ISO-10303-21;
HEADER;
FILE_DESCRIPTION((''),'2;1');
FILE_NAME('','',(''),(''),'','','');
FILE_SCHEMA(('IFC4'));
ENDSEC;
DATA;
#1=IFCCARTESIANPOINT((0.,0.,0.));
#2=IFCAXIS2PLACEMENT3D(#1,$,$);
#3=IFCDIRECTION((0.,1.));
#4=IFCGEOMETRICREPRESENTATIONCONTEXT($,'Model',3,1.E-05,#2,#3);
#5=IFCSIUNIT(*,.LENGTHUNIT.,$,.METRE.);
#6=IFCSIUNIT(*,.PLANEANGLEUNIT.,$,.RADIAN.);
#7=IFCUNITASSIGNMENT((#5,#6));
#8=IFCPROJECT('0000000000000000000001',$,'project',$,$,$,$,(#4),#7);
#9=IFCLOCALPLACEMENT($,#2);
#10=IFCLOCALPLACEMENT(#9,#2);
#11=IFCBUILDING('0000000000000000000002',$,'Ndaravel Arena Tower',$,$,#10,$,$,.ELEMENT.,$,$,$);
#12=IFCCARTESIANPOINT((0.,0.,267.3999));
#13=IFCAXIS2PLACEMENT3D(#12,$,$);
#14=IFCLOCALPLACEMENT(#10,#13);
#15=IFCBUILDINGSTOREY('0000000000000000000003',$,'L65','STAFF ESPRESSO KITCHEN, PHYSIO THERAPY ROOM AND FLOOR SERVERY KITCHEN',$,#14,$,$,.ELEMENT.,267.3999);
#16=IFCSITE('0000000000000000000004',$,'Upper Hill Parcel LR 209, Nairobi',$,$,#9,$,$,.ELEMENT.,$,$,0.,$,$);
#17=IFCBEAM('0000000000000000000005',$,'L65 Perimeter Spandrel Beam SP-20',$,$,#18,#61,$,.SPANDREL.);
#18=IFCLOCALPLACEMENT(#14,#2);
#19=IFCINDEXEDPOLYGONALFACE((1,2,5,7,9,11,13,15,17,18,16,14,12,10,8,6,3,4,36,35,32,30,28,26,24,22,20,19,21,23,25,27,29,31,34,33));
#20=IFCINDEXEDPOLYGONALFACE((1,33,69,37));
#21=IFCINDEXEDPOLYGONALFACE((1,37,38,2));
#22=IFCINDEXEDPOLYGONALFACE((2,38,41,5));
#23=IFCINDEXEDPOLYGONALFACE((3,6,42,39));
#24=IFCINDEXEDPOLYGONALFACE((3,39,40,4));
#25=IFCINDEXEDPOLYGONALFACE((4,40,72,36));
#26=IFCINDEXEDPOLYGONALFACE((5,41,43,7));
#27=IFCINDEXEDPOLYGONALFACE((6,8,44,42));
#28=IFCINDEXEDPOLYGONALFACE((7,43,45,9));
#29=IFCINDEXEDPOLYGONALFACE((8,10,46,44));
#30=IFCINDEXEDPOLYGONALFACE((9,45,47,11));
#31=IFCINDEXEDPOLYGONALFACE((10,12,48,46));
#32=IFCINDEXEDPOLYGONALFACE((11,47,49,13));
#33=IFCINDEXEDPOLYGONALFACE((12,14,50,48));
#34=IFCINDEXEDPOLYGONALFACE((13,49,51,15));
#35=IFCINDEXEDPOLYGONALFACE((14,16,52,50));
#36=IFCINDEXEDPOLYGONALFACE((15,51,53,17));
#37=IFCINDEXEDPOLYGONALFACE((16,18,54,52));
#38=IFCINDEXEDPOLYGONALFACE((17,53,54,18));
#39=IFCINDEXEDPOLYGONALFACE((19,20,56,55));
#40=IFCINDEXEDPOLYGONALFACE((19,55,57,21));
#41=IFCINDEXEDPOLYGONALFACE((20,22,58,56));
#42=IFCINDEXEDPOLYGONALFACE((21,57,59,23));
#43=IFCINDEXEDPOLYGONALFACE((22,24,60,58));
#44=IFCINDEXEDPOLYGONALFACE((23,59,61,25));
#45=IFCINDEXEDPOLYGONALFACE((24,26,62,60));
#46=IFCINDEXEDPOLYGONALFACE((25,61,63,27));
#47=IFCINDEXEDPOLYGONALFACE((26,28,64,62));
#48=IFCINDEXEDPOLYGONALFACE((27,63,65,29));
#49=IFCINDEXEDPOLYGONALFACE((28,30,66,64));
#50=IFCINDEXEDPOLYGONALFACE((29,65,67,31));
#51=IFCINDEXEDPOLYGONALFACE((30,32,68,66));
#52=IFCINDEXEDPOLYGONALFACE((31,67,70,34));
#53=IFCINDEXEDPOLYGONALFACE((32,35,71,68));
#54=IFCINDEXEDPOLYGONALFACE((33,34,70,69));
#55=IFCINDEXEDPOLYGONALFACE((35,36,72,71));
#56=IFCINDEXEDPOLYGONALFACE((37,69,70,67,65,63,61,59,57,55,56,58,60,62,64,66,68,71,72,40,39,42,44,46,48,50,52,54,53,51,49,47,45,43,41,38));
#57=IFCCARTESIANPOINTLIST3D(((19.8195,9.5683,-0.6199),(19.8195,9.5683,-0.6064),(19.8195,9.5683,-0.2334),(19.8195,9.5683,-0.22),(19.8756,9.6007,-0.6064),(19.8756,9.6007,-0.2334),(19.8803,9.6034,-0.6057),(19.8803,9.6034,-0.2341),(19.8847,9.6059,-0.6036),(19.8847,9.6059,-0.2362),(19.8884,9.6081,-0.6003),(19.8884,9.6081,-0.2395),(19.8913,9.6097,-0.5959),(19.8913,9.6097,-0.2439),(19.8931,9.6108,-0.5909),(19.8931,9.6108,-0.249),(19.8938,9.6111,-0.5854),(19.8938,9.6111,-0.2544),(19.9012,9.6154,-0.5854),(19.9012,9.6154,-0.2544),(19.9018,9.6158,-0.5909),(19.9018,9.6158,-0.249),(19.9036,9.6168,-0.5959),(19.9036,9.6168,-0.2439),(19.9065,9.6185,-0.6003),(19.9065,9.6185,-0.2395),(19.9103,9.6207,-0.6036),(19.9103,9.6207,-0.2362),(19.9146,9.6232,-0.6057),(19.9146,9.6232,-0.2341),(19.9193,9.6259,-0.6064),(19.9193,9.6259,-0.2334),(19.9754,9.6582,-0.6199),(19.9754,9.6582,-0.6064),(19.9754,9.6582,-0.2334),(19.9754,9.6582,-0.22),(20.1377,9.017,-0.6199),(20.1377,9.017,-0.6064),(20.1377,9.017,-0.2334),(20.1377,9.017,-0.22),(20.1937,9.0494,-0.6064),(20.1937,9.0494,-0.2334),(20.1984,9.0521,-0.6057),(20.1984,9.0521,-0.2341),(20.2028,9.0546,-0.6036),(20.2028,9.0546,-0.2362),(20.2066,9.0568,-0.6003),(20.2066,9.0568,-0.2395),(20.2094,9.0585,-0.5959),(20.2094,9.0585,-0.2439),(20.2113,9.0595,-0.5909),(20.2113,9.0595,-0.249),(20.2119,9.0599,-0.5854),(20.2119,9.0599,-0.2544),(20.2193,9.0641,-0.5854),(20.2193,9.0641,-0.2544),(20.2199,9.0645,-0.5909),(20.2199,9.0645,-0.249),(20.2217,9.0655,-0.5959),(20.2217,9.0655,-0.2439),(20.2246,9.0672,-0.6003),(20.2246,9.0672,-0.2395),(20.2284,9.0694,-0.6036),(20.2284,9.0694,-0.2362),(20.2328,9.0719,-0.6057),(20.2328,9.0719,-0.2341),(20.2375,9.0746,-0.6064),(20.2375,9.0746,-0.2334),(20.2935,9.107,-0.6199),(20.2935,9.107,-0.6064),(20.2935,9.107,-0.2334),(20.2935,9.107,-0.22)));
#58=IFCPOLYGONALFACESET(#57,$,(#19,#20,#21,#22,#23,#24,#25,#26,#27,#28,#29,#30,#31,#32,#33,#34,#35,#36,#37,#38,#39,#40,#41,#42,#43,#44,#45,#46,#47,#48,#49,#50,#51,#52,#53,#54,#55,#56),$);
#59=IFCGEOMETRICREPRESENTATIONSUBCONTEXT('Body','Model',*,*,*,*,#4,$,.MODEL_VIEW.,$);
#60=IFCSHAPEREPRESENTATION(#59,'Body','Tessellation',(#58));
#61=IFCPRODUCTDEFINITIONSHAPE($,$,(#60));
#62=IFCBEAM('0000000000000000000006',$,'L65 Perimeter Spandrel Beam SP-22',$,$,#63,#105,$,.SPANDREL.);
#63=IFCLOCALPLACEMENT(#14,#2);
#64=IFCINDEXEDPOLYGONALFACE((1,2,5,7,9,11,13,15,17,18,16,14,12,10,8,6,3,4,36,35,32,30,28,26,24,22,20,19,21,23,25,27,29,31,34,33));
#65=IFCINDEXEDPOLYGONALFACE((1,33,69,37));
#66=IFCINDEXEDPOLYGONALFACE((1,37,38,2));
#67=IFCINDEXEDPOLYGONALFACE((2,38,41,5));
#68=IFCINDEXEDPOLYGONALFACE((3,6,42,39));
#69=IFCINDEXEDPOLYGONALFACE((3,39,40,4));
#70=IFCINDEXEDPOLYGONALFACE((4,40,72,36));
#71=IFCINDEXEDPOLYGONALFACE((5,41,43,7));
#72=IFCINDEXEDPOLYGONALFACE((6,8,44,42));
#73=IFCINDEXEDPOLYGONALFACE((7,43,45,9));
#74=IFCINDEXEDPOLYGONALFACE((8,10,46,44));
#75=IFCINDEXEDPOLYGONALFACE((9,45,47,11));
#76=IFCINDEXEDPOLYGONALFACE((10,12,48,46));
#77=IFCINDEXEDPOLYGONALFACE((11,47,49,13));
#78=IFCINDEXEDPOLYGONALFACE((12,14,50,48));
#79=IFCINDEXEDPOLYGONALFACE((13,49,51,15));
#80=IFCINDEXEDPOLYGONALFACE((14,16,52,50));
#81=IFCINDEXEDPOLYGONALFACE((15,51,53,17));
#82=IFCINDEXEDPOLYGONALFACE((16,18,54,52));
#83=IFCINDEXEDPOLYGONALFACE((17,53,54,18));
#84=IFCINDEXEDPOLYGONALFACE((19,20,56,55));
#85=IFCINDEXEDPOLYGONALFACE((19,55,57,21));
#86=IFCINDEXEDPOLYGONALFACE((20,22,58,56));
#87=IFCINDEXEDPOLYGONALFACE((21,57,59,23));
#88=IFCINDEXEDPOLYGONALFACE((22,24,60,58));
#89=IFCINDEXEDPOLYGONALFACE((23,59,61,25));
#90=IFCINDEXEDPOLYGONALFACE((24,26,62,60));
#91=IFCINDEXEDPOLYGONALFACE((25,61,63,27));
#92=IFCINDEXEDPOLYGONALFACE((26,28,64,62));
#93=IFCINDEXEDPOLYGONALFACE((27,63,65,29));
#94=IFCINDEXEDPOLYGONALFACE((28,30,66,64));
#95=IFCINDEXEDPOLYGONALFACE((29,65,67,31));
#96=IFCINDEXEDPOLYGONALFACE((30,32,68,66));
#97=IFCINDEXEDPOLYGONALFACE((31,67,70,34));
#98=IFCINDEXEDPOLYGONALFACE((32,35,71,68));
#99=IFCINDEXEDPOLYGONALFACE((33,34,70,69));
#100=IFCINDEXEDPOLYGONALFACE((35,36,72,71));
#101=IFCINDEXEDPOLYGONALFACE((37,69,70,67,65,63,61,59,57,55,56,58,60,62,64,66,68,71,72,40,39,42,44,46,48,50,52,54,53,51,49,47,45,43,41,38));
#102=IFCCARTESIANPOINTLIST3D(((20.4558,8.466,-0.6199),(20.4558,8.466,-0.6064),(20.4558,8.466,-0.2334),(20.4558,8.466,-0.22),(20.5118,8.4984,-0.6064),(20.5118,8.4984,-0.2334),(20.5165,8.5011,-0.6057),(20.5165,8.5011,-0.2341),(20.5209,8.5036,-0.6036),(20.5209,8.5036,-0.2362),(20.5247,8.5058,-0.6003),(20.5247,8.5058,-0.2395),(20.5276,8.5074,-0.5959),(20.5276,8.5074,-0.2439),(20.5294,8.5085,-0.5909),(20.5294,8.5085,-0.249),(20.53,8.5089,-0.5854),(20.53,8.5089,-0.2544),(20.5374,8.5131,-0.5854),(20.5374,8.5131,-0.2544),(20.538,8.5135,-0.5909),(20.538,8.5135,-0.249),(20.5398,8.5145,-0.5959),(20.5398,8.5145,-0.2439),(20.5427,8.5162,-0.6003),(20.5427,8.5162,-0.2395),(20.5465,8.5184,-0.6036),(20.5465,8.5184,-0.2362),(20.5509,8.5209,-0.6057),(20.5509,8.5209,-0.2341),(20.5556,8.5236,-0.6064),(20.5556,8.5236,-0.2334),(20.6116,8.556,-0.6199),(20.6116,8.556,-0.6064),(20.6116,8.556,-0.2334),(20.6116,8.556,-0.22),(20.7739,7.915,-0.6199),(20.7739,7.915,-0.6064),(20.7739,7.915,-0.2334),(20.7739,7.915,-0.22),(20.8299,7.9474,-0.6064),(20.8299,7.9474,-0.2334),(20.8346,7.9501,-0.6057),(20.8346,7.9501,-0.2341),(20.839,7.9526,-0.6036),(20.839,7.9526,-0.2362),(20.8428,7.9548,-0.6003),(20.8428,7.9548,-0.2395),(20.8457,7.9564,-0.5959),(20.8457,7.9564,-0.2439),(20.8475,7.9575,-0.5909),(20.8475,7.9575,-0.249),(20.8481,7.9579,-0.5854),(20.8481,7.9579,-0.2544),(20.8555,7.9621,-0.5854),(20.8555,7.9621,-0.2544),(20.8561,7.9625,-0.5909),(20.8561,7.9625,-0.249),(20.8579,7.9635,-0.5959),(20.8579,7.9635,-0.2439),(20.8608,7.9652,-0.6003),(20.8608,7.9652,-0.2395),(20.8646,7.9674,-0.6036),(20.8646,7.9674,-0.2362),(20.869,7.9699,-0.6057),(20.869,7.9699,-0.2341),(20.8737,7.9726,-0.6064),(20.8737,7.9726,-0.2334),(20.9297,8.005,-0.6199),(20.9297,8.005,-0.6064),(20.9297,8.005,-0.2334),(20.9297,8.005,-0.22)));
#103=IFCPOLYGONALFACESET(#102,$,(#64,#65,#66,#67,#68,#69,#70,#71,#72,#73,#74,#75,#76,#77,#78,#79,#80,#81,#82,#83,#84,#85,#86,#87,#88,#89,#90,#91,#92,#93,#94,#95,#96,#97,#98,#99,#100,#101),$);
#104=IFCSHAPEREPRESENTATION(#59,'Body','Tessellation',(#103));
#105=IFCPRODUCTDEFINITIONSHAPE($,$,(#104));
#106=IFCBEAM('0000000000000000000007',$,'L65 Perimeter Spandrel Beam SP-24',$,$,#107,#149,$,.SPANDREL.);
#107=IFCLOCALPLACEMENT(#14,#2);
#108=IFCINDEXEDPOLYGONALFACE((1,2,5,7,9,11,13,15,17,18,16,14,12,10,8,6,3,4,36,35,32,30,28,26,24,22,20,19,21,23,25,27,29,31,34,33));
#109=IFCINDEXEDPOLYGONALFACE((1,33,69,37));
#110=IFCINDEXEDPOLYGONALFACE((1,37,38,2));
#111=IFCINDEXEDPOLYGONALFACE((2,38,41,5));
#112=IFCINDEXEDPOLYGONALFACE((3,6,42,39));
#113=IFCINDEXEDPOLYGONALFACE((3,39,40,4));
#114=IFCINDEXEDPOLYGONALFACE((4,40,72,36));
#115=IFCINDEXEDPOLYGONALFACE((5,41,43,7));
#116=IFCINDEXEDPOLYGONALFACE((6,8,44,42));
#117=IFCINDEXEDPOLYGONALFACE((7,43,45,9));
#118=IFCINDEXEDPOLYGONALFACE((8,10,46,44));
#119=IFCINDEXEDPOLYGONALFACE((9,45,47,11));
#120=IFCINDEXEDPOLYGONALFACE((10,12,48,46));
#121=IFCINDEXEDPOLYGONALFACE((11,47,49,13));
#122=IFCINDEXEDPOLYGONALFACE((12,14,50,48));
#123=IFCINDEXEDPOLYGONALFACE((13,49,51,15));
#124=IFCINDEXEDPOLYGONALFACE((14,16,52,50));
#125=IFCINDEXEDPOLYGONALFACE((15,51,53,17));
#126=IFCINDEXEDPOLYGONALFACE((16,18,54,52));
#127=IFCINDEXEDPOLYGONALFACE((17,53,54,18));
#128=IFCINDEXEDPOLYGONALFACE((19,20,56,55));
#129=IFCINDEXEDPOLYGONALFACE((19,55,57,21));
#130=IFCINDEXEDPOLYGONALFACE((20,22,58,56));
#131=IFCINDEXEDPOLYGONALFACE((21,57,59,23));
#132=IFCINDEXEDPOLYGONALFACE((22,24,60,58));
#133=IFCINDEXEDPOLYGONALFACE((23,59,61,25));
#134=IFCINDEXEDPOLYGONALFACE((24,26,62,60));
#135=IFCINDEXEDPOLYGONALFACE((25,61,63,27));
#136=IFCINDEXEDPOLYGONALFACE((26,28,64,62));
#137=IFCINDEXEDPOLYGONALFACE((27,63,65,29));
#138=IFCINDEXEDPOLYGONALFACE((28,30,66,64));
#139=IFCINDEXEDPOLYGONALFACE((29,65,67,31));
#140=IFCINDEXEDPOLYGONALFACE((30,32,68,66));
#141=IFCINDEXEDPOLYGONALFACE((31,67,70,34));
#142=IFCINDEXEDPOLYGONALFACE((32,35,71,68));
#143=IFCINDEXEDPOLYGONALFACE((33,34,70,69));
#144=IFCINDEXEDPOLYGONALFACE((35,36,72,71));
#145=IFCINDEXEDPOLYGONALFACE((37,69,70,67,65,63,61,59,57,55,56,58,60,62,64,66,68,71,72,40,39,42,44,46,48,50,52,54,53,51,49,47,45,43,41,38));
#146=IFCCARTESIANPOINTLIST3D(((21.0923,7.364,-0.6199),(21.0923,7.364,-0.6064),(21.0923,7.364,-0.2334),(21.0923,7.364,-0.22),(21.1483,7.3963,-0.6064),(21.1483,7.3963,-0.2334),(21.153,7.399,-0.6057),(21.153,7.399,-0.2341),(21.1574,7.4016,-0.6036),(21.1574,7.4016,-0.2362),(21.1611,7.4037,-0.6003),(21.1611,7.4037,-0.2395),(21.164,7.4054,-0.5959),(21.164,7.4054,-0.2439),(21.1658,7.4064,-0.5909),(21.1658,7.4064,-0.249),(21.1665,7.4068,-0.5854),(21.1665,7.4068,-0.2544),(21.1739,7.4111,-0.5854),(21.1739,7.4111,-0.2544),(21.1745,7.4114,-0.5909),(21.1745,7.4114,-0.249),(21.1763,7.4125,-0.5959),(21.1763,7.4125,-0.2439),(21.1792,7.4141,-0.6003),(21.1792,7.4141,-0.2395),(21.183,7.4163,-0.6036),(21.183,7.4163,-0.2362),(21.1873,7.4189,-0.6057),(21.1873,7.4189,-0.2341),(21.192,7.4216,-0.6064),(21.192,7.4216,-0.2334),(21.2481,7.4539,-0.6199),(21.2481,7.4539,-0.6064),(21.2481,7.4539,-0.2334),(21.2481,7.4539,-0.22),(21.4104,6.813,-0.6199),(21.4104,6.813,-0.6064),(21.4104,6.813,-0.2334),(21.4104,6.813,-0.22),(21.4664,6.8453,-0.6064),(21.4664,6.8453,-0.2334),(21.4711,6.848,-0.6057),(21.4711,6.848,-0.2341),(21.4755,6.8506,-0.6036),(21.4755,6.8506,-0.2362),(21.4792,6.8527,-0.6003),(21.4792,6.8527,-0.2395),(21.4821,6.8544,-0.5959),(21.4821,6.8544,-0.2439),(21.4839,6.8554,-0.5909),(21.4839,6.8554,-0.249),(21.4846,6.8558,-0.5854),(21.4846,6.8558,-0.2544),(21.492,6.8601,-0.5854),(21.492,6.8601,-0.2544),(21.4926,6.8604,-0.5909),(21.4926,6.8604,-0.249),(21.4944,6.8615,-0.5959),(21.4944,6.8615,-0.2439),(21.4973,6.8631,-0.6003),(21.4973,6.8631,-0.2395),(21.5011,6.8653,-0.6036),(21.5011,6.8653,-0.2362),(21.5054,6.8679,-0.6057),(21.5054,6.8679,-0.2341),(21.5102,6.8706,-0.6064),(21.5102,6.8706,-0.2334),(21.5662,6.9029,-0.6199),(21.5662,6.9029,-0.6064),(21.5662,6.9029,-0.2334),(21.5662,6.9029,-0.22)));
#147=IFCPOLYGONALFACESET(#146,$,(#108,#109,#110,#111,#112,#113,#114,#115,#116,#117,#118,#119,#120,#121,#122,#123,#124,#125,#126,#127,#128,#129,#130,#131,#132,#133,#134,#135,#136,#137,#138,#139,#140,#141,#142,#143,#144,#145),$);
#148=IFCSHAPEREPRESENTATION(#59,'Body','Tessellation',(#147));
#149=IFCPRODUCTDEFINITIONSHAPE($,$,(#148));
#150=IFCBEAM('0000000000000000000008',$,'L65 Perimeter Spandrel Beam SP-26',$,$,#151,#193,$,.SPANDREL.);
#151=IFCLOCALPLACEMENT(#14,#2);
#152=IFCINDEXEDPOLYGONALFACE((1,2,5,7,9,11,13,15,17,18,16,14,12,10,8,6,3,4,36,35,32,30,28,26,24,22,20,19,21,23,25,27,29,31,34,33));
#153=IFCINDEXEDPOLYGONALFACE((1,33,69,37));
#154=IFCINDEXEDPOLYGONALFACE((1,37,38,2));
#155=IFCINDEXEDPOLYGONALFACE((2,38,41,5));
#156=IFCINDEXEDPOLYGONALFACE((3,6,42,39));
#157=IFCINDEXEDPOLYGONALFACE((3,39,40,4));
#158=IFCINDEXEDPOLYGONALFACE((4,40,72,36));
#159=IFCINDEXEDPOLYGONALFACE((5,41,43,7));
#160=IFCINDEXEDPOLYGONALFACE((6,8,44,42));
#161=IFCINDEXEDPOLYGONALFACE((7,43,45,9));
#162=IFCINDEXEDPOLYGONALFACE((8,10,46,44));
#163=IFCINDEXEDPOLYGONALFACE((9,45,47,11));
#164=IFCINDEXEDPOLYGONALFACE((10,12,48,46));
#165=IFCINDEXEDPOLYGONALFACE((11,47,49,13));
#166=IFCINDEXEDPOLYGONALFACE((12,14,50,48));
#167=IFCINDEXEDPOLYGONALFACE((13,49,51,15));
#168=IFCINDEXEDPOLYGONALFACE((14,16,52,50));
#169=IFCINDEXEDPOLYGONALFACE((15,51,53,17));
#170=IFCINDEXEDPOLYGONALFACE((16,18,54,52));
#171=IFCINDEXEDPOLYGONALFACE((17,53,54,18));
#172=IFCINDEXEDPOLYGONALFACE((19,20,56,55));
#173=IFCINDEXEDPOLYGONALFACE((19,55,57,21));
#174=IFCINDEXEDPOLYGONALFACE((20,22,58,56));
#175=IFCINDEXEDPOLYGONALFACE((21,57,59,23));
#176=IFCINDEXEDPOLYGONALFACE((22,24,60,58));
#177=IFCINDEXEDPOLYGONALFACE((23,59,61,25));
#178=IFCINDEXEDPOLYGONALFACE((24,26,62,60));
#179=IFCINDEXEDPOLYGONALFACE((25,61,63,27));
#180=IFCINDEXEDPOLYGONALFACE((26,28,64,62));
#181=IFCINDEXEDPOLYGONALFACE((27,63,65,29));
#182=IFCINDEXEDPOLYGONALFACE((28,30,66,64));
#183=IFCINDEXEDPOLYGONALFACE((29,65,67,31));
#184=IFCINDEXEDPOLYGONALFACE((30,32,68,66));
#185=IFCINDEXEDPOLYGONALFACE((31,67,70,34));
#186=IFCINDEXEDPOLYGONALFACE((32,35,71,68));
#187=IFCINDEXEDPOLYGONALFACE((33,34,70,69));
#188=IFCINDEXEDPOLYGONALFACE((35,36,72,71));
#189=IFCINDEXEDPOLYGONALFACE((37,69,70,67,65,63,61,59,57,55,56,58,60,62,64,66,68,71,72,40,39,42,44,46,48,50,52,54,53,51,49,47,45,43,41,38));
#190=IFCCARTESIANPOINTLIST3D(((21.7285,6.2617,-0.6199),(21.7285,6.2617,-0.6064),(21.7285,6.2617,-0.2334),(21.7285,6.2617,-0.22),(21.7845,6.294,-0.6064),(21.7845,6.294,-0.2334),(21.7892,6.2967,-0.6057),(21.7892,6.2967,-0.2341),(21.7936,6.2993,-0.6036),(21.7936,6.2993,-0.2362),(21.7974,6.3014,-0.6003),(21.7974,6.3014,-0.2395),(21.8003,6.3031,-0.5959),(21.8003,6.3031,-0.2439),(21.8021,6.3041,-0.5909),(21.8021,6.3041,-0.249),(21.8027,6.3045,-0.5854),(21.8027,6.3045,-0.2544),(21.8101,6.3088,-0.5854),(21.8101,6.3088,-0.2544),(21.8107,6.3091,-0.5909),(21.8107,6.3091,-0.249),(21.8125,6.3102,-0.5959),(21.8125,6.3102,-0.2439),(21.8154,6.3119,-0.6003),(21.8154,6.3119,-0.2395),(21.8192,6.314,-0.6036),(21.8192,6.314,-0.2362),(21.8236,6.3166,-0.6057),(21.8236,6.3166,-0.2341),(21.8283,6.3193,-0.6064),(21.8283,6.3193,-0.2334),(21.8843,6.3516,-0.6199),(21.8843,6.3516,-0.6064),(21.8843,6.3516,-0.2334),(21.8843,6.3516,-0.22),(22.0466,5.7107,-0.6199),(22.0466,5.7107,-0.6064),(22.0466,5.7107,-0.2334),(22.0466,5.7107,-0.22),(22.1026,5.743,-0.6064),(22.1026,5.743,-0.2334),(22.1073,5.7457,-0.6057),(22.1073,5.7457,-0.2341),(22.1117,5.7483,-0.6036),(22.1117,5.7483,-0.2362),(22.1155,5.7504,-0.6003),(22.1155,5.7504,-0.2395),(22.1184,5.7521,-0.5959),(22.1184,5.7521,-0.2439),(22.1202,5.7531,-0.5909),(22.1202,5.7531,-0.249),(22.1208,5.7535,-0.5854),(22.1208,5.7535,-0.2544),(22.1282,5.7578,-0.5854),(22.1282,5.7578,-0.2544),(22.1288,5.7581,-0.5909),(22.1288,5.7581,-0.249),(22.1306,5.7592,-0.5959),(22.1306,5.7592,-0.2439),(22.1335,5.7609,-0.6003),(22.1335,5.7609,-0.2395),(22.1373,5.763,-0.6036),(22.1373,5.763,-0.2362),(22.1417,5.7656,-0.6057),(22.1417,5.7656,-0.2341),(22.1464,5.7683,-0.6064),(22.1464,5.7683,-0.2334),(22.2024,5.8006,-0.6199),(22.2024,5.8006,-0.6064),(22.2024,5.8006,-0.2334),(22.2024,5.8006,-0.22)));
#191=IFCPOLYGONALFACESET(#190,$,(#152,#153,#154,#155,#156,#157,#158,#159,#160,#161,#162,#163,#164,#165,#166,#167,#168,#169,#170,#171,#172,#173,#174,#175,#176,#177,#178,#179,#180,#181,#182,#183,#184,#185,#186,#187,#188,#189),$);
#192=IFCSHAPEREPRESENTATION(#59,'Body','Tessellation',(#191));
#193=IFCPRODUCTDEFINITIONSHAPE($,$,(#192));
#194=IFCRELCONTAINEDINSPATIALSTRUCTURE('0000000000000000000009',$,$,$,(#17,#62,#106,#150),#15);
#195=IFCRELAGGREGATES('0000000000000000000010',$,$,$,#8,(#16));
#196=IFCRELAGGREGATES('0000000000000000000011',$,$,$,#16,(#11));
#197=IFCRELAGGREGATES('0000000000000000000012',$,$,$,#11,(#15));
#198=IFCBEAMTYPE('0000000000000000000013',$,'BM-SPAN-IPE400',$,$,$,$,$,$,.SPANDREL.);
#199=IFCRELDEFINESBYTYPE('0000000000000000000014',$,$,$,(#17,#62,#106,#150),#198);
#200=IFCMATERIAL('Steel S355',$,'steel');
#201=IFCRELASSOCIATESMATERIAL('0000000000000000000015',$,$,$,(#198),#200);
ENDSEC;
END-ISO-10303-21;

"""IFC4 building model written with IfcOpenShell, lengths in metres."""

from ifc_helpers import new_model, si_unit, direction, frame, origin, origin_2d, place, context, subcontext, project, spatial, i_section, extrude, material, material_profile, profile_set, type_object, element, save


model = new_model("IFC4")

# Units and contexts
model_context = context("Model", 3, precision=1e-05, world=origin(), true_north=direction((0.0, 1.0)))
body_context = subcontext(model_context, "Body", "Model", "MODEL_VIEW")
ifc_project = project(units=[si_unit("LENGTHUNIT", "METRE"), si_unit("PLANEANGLEUNIT", "RADIAN")], contexts=[model_context])

# Site, building, storey
site_placement = place(None, origin())
site = spatial("IfcSite", under=ifc_project, at=site_placement, Name="Upper Hill Parcel LR 209, Nairobi", CompositionType="ELEMENT", RefElevation=0.0)
building_placement = place(site_placement, origin())
building = spatial("IfcBuilding", under=site, at=building_placement, Name="Ndaravel Arena Tower", CompositionType="ELEMENT")
storey_placement = place(building_placement, frame((0.0, 0.0, 267.3999)))
storey = spatial("IfcBuildingStorey", under=building, at=storey_placement, Name="L65", Description="STAFF ESPRESSO KITCHEN, PHYSIO THERAPY ROOM AND FLOOR SERVERY KITCHEN", CompositionType="ELEMENT", Elevation=267.3999)

# Beams
ifc_material_1 = material(Name="Steel S355", Category="steel")
ifc_material_profile_1 = material_profile(ifc_material_1, i_section(OverallWidth=0.1799, OverallDepth=0.3999, WebThickness=0.0085, FlangeThickness=0.0134, FilletRadius=0.021, at=origin_2d()), Name="IPE 400")
ifc_profile_set_1 = profile_set([ifc_material_profile_1], Name="Steel S355")
beam_type = type_object("IfcBeamType", Name="BM-SPAN-IPE400", PredefinedType="SPANDREL", material=ifc_profile_set_1)
beam_1_placement = place(storey_placement, frame((19.8975, 9.6133, -0.4199), z_axis=(0.499811, -0.866134, 0.0), x_axis=(0.866134, 0.499811, 0.0)))
element("IfcBeam", 1, at=beam_1_placement, inside=storey, type_object=beam_type, Name="L65 Perimeter Spandrel Beam SP-20", PredefinedType="SPANDREL", context=body_context, shape_type="SweptSolid", body=[
    extrude(i_section(OverallWidth=0.1799, OverallDepth=0.3999, WebThickness=0.0085, FlangeThickness=0.0134, FilletRadius=0.021, at=origin_2d()), origin(), (0.0, 0.0, 1.0), 0.6365),
])
for number, where, z_axis, x_axis, name in (
    (2, (20.5337, 8.511, -0.4199), (0.499977, -0.866039, 0.0), (0.866039, 0.499977, 0.0), "L65 Perimeter Spandrel Beam SP-22"),
    (3, (21.1702, 7.4089, -0.4199), (0.499977, -0.866039, 0.0), (0.866039, 0.499977, 0.0), "L65 Perimeter Spandrel Beam SP-24"),
    (4, (21.8064, 6.3066, -0.4199), (0.499977, -0.866039, 0.0), (0.866039, 0.499977, 0.0), "L65 Perimeter Spandrel Beam SP-26"),
):
    element("IfcBeam", number, at=place(storey_placement, frame(where, z_axis=z_axis, x_axis=x_axis)), inside=storey, type_object=beam_type, Name=name, PredefinedType="SPANDREL", context=body_context, shape_type="SweptSolid", body=[
        extrude(i_section(OverallWidth=0.1799, OverallDepth=0.3999, WebThickness=0.0085, FlangeThickness=0.0134, FilletRadius=0.021, at=origin_2d()), origin(), (0.0, 0.0, 1.0), 0.6362),
    ])

save(model, "model.ifc")
